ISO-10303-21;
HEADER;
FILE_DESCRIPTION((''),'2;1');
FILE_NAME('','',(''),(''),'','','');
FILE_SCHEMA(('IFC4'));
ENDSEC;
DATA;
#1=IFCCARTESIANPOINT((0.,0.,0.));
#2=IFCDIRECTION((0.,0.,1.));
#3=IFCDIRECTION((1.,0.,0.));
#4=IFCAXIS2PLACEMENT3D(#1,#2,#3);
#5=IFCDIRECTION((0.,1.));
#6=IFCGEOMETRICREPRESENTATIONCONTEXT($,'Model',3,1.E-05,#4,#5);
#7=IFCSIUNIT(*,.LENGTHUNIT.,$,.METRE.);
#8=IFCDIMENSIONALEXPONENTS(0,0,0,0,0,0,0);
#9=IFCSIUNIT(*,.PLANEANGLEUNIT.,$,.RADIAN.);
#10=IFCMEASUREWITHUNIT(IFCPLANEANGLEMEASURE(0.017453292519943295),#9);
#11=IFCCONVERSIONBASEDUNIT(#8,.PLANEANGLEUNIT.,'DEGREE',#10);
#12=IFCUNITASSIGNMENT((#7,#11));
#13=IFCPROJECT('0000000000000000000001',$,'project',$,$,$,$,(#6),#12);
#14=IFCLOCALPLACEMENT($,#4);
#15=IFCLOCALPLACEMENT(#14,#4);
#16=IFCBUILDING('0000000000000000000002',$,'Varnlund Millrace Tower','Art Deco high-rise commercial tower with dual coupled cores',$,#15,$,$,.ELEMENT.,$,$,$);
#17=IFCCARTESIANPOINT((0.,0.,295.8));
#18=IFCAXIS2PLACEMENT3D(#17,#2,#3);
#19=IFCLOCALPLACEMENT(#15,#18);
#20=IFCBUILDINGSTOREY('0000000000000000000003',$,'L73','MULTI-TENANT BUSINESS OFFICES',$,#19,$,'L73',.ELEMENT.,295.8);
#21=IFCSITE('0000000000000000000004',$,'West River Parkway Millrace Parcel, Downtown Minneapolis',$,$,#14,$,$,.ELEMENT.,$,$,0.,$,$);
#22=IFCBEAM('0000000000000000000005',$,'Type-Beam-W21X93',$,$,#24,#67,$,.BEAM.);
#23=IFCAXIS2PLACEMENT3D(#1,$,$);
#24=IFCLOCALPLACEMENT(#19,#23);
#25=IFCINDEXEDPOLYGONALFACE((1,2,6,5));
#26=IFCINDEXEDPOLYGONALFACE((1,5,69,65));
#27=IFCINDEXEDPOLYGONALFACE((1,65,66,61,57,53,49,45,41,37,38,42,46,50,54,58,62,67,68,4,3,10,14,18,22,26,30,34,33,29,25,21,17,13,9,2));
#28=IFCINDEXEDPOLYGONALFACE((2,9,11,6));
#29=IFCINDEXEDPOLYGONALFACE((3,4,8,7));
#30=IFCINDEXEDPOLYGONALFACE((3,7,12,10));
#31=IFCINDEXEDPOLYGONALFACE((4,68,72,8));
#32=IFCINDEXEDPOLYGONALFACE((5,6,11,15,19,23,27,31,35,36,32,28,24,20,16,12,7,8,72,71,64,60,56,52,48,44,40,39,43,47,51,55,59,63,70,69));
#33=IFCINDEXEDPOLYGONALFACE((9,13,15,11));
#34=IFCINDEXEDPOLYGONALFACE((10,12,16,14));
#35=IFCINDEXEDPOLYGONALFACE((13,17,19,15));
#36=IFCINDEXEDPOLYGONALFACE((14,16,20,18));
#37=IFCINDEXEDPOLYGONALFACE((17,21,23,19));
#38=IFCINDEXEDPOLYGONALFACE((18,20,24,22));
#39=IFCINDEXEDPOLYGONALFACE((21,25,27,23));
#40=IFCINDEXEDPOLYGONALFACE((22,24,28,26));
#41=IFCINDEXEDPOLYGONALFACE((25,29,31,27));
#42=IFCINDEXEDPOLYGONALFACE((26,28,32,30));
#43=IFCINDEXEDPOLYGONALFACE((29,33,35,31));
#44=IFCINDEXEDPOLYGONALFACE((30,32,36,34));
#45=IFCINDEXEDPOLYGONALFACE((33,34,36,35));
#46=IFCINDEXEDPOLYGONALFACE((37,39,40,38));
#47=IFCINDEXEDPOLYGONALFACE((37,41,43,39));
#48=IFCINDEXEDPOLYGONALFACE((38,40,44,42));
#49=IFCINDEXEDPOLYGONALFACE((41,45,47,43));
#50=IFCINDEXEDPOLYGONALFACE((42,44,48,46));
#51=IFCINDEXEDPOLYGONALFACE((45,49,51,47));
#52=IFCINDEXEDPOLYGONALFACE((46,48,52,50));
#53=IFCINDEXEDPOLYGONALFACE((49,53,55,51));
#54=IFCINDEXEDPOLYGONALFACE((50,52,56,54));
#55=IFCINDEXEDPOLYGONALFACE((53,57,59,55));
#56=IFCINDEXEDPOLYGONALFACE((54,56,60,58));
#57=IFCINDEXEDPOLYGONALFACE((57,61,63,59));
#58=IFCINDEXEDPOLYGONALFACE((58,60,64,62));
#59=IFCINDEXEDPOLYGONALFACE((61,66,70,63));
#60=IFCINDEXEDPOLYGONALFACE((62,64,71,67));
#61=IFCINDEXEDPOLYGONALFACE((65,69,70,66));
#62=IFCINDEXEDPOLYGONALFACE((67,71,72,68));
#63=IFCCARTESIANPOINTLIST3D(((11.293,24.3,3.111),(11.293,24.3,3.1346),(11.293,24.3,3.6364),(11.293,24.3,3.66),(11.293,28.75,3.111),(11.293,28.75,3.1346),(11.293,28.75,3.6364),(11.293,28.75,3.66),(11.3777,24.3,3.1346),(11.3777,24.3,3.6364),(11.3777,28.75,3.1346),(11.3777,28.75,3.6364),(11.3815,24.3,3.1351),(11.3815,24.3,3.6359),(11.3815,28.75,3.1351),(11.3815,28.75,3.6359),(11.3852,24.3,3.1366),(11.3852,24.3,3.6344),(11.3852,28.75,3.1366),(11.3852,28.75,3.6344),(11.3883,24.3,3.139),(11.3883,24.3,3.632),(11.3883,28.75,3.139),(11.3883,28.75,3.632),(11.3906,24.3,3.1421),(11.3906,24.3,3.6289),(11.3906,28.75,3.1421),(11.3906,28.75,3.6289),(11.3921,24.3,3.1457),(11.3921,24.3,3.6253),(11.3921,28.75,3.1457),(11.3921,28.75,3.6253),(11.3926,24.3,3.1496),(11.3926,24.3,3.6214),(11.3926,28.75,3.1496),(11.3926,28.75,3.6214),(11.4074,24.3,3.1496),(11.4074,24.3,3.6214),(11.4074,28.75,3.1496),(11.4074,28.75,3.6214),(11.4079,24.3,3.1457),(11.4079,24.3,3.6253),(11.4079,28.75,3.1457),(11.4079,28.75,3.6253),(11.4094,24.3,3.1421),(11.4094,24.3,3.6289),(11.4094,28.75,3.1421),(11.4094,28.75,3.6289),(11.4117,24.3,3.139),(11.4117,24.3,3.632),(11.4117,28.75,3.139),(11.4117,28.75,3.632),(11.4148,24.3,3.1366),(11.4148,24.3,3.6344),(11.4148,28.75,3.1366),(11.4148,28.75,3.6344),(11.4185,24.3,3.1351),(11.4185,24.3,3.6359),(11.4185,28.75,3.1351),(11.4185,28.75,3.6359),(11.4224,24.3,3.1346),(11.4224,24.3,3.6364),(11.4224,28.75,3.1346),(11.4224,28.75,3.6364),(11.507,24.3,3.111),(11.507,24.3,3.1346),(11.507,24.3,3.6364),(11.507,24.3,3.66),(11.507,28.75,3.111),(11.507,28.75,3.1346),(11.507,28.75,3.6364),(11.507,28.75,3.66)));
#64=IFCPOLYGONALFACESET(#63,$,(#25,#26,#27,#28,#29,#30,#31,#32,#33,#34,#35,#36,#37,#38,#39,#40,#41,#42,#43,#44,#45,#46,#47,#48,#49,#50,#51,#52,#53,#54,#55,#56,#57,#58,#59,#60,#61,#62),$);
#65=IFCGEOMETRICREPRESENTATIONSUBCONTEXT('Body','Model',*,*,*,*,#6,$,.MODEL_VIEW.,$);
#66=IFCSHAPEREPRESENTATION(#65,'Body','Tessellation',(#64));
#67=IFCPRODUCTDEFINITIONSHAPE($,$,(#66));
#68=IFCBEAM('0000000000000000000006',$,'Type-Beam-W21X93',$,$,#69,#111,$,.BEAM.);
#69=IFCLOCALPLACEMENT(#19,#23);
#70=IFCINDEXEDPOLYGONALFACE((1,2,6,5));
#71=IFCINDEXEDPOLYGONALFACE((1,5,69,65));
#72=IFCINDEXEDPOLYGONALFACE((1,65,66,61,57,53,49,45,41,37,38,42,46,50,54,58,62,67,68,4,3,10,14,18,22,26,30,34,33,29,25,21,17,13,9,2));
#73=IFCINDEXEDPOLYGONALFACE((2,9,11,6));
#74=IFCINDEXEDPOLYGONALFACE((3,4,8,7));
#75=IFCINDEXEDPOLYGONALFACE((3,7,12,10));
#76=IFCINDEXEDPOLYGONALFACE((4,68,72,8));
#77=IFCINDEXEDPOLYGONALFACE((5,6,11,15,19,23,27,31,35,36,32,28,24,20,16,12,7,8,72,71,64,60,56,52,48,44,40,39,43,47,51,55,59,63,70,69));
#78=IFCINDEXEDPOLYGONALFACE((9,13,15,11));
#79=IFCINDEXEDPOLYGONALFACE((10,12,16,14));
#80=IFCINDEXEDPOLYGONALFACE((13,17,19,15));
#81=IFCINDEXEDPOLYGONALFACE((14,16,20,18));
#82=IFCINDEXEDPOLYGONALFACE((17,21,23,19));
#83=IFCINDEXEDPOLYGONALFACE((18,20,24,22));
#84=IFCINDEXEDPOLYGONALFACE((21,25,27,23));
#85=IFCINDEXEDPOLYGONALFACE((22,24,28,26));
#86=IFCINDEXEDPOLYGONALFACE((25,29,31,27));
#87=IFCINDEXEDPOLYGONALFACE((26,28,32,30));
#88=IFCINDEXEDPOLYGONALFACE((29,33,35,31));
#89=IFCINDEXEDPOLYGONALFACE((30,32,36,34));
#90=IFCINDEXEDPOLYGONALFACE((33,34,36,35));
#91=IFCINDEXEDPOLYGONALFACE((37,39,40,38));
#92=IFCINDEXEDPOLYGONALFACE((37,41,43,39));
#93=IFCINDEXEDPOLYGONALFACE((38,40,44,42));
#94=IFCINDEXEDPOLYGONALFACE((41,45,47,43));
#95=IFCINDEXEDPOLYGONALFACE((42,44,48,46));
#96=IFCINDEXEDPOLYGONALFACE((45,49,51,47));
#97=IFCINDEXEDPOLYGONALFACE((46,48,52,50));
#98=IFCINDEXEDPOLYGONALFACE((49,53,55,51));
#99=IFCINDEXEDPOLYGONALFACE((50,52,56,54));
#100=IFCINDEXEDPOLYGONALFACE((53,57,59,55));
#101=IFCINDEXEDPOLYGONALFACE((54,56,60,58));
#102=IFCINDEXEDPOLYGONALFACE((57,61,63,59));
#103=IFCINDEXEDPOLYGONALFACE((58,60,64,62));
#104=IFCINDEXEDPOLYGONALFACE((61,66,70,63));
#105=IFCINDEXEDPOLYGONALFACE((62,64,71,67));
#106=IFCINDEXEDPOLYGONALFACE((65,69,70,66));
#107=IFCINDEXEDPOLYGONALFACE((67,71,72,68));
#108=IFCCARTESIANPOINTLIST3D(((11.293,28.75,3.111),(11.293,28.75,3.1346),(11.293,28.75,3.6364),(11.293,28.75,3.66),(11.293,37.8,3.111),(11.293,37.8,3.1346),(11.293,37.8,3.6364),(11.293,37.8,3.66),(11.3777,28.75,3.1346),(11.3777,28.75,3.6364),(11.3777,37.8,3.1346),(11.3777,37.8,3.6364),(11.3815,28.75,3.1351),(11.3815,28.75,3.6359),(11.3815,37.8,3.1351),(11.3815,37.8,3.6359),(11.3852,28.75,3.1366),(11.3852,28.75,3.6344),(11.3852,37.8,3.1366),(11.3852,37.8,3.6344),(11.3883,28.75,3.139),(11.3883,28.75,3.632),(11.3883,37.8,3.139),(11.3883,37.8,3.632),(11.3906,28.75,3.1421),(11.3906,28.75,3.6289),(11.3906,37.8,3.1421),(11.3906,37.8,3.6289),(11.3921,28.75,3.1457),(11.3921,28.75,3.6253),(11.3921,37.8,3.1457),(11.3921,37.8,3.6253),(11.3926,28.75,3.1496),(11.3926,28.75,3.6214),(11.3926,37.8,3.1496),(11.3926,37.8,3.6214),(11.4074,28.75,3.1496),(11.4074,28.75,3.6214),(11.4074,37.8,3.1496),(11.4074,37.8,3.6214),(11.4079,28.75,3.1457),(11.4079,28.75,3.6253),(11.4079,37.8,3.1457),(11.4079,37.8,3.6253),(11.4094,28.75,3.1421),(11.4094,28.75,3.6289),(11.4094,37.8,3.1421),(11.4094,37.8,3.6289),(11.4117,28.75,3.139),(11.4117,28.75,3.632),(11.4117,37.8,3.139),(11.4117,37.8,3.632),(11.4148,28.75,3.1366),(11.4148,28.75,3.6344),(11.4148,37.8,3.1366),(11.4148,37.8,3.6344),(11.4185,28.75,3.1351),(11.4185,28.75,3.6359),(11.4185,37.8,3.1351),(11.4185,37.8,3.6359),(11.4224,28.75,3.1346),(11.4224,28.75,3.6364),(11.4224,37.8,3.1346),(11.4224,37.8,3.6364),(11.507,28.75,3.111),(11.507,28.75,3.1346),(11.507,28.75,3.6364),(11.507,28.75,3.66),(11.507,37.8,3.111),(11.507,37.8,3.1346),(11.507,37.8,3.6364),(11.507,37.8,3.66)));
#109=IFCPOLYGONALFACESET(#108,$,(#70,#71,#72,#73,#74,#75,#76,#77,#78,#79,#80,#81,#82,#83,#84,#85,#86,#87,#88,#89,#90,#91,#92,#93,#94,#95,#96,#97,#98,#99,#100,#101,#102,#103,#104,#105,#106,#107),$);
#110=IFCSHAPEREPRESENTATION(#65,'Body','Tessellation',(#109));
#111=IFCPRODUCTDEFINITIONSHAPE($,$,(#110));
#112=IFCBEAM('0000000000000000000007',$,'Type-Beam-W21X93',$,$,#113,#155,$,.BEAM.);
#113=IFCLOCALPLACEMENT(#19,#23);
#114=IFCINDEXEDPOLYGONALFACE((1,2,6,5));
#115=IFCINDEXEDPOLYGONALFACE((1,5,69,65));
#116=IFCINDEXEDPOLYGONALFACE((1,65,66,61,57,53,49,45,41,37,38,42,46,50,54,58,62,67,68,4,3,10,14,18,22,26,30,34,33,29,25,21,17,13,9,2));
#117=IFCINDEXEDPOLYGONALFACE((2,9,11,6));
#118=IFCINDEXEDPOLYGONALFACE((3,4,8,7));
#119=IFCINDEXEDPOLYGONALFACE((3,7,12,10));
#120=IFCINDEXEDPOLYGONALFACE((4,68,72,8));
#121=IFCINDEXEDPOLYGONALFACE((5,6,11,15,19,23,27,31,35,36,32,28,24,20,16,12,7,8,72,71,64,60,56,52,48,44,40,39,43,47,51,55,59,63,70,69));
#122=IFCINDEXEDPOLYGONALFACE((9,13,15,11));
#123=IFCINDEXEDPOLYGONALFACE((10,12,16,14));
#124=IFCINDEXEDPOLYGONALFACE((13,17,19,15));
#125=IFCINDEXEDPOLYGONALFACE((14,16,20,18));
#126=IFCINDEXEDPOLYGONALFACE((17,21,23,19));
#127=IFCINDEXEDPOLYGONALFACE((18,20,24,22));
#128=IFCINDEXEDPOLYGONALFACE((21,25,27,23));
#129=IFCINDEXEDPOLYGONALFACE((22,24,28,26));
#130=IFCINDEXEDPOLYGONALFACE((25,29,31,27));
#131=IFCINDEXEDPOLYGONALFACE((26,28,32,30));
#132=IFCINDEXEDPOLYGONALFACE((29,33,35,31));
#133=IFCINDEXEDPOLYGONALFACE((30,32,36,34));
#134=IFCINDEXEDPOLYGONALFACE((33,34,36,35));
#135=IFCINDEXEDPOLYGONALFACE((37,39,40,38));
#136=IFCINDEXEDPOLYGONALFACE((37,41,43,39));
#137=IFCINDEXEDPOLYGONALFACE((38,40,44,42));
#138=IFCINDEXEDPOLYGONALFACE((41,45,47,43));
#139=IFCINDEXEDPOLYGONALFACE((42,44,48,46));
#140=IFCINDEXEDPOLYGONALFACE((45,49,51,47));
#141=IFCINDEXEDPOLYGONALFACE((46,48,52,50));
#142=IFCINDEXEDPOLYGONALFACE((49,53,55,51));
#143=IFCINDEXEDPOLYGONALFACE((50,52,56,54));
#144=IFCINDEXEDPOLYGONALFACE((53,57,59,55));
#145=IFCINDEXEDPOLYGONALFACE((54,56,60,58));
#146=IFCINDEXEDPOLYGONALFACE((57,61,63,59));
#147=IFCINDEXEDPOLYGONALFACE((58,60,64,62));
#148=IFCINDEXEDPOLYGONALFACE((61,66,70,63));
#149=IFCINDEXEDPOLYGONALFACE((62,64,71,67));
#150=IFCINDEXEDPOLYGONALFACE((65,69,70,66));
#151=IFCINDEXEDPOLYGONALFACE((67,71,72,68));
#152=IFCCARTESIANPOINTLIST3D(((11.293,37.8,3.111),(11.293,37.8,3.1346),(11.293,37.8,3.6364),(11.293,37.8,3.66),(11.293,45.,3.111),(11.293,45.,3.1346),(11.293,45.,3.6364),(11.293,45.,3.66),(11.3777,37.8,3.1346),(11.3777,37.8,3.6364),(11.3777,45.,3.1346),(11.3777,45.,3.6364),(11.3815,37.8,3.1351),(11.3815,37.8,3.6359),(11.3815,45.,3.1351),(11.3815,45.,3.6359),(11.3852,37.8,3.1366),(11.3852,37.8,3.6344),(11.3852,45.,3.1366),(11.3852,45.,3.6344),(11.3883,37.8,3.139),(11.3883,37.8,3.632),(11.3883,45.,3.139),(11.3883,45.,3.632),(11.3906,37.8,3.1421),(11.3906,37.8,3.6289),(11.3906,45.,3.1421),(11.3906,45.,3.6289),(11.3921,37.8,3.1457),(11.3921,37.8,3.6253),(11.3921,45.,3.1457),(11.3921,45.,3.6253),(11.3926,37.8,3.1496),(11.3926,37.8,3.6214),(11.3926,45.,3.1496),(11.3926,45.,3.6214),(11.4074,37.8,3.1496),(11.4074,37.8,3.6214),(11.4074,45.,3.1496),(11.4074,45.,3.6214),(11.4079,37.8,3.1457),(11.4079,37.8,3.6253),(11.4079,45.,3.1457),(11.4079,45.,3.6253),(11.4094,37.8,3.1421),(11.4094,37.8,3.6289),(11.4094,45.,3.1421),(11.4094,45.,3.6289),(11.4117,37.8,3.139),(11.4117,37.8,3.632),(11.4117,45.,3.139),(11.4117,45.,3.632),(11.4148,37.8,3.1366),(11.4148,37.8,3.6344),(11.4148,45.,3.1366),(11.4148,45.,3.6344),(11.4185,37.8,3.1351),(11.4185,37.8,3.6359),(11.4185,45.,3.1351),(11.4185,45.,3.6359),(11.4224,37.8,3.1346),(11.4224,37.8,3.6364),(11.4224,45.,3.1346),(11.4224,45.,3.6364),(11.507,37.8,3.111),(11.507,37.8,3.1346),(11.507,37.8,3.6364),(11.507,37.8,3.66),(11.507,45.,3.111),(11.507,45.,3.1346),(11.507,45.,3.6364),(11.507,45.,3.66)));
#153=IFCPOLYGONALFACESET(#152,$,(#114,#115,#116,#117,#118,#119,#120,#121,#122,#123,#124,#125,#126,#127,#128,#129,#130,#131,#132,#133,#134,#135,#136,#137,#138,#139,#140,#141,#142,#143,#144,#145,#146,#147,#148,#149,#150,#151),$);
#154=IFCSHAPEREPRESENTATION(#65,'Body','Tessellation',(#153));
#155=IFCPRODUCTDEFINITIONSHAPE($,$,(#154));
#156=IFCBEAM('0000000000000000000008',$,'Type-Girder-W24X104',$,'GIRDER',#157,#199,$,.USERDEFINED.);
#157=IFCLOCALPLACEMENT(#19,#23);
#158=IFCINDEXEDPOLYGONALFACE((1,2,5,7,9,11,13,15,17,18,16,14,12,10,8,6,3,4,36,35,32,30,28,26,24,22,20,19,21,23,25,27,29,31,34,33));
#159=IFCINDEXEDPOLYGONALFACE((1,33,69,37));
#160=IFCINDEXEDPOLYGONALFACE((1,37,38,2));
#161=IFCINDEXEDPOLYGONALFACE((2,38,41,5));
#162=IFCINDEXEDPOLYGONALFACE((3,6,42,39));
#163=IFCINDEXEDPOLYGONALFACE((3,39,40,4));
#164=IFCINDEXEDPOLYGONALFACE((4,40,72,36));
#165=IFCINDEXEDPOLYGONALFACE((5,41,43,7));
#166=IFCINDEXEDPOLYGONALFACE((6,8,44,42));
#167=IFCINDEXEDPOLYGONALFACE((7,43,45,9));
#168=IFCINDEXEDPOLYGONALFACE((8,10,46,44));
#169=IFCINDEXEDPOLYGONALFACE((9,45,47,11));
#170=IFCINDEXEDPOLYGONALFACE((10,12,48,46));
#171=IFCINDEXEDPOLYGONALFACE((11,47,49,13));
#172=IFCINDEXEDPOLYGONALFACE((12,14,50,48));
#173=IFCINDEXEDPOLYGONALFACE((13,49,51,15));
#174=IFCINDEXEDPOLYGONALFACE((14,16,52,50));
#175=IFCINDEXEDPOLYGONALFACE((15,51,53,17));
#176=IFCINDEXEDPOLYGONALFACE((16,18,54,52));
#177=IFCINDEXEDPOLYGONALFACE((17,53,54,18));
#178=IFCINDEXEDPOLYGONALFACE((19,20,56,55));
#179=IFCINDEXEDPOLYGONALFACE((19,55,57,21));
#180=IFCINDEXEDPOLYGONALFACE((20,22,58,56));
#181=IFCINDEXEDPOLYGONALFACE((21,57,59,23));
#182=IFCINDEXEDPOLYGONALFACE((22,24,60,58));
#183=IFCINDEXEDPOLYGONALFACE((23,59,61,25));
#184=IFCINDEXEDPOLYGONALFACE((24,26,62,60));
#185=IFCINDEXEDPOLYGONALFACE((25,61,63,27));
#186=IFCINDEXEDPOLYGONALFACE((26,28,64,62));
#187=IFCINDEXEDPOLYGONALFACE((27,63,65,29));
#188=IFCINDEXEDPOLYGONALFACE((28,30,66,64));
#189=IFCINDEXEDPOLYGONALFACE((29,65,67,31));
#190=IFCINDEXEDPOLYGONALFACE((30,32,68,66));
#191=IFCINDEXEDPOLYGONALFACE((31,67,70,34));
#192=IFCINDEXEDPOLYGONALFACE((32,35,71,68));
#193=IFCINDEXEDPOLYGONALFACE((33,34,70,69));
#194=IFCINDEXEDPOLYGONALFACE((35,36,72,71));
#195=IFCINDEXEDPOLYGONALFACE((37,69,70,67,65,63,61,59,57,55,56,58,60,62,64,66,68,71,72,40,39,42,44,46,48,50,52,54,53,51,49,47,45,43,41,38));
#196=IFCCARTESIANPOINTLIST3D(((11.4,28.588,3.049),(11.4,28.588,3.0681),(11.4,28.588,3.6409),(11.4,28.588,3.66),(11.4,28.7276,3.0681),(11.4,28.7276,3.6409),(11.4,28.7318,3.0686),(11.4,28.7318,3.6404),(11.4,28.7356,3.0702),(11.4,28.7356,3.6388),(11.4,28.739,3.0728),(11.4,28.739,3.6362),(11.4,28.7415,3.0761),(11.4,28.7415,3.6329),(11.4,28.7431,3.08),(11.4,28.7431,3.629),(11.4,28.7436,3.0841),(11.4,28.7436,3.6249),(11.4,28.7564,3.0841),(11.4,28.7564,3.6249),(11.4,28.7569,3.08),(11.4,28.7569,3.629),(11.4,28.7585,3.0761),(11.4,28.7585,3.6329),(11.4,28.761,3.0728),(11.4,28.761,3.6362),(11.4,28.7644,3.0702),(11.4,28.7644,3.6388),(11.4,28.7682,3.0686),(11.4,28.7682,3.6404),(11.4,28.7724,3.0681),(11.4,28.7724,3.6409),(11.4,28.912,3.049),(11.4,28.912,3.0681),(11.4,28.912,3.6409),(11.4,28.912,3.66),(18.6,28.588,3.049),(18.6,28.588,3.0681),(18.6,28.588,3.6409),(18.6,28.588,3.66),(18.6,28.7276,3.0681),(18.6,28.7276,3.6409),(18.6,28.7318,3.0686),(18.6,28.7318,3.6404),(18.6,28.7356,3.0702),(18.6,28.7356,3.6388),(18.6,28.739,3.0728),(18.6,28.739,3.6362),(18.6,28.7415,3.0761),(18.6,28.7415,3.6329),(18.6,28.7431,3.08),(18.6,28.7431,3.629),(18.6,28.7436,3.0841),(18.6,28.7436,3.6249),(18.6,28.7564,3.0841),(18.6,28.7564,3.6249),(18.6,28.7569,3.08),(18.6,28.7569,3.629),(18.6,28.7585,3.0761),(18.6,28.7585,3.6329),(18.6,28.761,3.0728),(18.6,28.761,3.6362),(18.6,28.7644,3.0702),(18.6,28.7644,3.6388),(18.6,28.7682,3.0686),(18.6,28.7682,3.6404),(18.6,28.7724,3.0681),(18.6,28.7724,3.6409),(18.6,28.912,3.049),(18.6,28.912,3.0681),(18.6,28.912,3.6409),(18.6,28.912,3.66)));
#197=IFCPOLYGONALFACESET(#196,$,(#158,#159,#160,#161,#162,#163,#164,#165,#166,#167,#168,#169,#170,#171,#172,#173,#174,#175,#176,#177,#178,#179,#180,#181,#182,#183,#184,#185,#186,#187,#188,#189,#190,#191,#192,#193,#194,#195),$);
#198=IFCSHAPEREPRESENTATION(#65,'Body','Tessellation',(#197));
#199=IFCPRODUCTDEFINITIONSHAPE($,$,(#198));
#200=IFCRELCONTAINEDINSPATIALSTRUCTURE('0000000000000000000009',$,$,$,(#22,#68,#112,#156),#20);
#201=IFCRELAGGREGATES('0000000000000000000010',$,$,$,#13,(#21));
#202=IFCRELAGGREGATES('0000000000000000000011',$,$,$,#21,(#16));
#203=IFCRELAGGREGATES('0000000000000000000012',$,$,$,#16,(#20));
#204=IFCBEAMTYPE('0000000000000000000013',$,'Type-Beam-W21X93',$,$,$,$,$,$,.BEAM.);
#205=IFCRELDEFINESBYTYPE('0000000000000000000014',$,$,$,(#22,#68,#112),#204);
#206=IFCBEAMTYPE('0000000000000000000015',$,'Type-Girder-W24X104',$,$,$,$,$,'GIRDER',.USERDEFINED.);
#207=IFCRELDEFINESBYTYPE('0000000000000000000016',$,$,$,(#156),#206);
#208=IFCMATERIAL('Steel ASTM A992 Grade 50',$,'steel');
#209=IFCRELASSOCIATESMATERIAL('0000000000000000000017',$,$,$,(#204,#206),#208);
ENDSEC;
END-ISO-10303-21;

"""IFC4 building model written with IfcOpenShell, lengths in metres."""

from ifc_helpers import new_model, entity, si_unit, converted_unit, direction, frame, origin_with_axes, origin_2d_with_axis, place, context, subcontext, project, spatial, i_section, extrude, material, material_profile, profile_set, type_object, element, save


model = new_model("IFC4")

# Units and contexts
model_context = context("Model", 3, precision=1e-05, world=origin_with_axes(), true_north=direction((0.0, 1.0)))
body_context = subcontext(model_context, "Body", "Model", "MODEL_VIEW")
ifc_project = project(units=[si_unit("LENGTHUNIT", "METRE"), converted_unit("PLANEANGLEUNIT", "DEGREE", entity("IfcPlaneAngleMeasure", 0.017453292519943295), si_unit("PLANEANGLEUNIT", "RADIAN"), dimensions=[0, 0, 0, 0, 0, 0, 0])], contexts=[model_context])

# Site, building, storey
site_placement = place(None, origin_with_axes())
site = spatial("IfcSite", under=ifc_project, at=site_placement, Name="West River Parkway Millrace Parcel, Downtown Minneapolis", CompositionType="ELEMENT", RefElevation=0.0)
building_placement = place(site_placement, origin_with_axes())
building = spatial("IfcBuilding", under=site, at=building_placement, Name="Varnlund Millrace Tower", Description="Art Deco high-rise commercial tower with dual coupled cores", CompositionType="ELEMENT")
storey_placement = place(building_placement, frame((0.0, 0.0, 295.8), z_axis=(0.0, 0.0, 1.0), x_axis=(1.0, 0.0, 0.0)))
storey = spatial("IfcBuildingStorey", under=building, at=storey_placement, Name="L73", Description="MULTI-TENANT BUSINESS OFFICES", LongName="L73", CompositionType="ELEMENT", Elevation=295.8)

# Beams
ifc_material_1 = material(Name="Steel ASTM A992 Grade 50", Category="steel")
ifc_material_profile_1 = material_profile(ifc_material_1, i_section(OverallWidth=0.214, OverallDepth=0.549, WebThickness=0.0147, FlangeThickness=0.0236, FilletRadius=0.015, at=origin_2d_with_axis()), Name="Steel ASTM A992 Grade 50")
ifc_profile_set_1 = profile_set([ifc_material_profile_1], Name="Steel ASTM A992 Grade 50")
beam_type_1 = type_object("IfcBeamType", Name="Type-Beam-W21X93", PredefinedType="BEAM", material=ifc_profile_set_1)
beam_1_placement = place(storey_placement, frame((11.4, 24.3, 3.3855), z_axis=(0.0, 1.0, 0.0), x_axis=(-1.0, 0.0, 0.0)))
element("IfcBeam", 1, at=beam_1_placement, inside=storey, type_object=beam_type_1, Name="Type-Beam-W21X93", PredefinedType="BEAM", context=body_context, shape_type="SweptSolid", body=[
    extrude(i_section(OverallWidth=0.214, OverallDepth=0.549, WebThickness=0.0147, FlangeThickness=0.0236, FilletRadius=0.015, at=origin_2d_with_axis()), origin_with_axes(), (0.0, 0.0, 1.0), 4.45),
])
beam_2_placement = place(storey_placement, frame((11.4, 28.75, 3.3855), z_axis=(0.0, 1.0, 0.0), x_axis=(-1.0, 0.0, 0.0)))
element("IfcBeam", 2, at=beam_2_placement, inside=storey, type_object=beam_type_1, Name="Type-Beam-W21X93", PredefinedType="BEAM", context=body_context, shape_type="SweptSolid", body=[
    extrude(i_section(OverallWidth=0.214, OverallDepth=0.549, WebThickness=0.0147, FlangeThickness=0.0236, FilletRadius=0.015, at=origin_2d_with_axis()), origin_with_axes(), (0.0, 0.0, 1.0), 9.05),
])
beam_3_placement = place(storey_placement, frame((11.4, 37.8, 3.3855), z_axis=(0.0, 1.0, 0.0), x_axis=(-1.0, 0.0, 0.0)))
element("IfcBeam", 3, at=beam_3_placement, inside=storey, type_object=beam_type_1, Name="Type-Beam-W21X93", PredefinedType="BEAM", context=body_context, shape_type="SweptSolid", body=[
    extrude(i_section(OverallWidth=0.214, OverallDepth=0.549, WebThickness=0.0147, FlangeThickness=0.0236, FilletRadius=0.015, at=origin_2d_with_axis()), origin_with_axes(), (0.0, 0.0, 1.0), 7.2),
])
ifc_material_profile_2 = material_profile(ifc_material_1, i_section(OverallWidth=0.324, OverallDepth=0.611, WebThickness=0.0127, FlangeThickness=0.0191, FilletRadius=0.016, at=origin_2d_with_axis()), Name="Steel ASTM A992 Grade 50")
ifc_profile_set_2 = profile_set([ifc_material_profile_2], Name="Steel ASTM A992 Grade 50")
beam_type_2 = type_object("IfcBeamType", Name="Type-Girder-W24X104", ElementType="GIRDER", PredefinedType="USERDEFINED", material=ifc_profile_set_2)
for number, where, z_axis, x_axis, name in (
    (4, (11.4, 28.75, 3.3545), (1.0, 0.0, 0.0), (0.0, 1.0, 0.0), "Type-Girder-W24X104"),
):
    element("IfcBeam", number, at=place(storey_placement, frame(where, z_axis=z_axis, x_axis=x_axis)), inside=storey, type_object=beam_type_2, Name=name, ObjectType="GIRDER", PredefinedType="USERDEFINED", context=body_context, shape_type="SweptSolid", body=[
        extrude(i_section(OverallWidth=0.324, OverallDepth=0.611, WebThickness=0.0127, FlangeThickness=0.0191, FilletRadius=0.016, at=origin_2d_with_axis()), origin_with_axes(), (0.0, 0.0, 1.0), 7.2),
    ])

save(model, "model.ifc")
